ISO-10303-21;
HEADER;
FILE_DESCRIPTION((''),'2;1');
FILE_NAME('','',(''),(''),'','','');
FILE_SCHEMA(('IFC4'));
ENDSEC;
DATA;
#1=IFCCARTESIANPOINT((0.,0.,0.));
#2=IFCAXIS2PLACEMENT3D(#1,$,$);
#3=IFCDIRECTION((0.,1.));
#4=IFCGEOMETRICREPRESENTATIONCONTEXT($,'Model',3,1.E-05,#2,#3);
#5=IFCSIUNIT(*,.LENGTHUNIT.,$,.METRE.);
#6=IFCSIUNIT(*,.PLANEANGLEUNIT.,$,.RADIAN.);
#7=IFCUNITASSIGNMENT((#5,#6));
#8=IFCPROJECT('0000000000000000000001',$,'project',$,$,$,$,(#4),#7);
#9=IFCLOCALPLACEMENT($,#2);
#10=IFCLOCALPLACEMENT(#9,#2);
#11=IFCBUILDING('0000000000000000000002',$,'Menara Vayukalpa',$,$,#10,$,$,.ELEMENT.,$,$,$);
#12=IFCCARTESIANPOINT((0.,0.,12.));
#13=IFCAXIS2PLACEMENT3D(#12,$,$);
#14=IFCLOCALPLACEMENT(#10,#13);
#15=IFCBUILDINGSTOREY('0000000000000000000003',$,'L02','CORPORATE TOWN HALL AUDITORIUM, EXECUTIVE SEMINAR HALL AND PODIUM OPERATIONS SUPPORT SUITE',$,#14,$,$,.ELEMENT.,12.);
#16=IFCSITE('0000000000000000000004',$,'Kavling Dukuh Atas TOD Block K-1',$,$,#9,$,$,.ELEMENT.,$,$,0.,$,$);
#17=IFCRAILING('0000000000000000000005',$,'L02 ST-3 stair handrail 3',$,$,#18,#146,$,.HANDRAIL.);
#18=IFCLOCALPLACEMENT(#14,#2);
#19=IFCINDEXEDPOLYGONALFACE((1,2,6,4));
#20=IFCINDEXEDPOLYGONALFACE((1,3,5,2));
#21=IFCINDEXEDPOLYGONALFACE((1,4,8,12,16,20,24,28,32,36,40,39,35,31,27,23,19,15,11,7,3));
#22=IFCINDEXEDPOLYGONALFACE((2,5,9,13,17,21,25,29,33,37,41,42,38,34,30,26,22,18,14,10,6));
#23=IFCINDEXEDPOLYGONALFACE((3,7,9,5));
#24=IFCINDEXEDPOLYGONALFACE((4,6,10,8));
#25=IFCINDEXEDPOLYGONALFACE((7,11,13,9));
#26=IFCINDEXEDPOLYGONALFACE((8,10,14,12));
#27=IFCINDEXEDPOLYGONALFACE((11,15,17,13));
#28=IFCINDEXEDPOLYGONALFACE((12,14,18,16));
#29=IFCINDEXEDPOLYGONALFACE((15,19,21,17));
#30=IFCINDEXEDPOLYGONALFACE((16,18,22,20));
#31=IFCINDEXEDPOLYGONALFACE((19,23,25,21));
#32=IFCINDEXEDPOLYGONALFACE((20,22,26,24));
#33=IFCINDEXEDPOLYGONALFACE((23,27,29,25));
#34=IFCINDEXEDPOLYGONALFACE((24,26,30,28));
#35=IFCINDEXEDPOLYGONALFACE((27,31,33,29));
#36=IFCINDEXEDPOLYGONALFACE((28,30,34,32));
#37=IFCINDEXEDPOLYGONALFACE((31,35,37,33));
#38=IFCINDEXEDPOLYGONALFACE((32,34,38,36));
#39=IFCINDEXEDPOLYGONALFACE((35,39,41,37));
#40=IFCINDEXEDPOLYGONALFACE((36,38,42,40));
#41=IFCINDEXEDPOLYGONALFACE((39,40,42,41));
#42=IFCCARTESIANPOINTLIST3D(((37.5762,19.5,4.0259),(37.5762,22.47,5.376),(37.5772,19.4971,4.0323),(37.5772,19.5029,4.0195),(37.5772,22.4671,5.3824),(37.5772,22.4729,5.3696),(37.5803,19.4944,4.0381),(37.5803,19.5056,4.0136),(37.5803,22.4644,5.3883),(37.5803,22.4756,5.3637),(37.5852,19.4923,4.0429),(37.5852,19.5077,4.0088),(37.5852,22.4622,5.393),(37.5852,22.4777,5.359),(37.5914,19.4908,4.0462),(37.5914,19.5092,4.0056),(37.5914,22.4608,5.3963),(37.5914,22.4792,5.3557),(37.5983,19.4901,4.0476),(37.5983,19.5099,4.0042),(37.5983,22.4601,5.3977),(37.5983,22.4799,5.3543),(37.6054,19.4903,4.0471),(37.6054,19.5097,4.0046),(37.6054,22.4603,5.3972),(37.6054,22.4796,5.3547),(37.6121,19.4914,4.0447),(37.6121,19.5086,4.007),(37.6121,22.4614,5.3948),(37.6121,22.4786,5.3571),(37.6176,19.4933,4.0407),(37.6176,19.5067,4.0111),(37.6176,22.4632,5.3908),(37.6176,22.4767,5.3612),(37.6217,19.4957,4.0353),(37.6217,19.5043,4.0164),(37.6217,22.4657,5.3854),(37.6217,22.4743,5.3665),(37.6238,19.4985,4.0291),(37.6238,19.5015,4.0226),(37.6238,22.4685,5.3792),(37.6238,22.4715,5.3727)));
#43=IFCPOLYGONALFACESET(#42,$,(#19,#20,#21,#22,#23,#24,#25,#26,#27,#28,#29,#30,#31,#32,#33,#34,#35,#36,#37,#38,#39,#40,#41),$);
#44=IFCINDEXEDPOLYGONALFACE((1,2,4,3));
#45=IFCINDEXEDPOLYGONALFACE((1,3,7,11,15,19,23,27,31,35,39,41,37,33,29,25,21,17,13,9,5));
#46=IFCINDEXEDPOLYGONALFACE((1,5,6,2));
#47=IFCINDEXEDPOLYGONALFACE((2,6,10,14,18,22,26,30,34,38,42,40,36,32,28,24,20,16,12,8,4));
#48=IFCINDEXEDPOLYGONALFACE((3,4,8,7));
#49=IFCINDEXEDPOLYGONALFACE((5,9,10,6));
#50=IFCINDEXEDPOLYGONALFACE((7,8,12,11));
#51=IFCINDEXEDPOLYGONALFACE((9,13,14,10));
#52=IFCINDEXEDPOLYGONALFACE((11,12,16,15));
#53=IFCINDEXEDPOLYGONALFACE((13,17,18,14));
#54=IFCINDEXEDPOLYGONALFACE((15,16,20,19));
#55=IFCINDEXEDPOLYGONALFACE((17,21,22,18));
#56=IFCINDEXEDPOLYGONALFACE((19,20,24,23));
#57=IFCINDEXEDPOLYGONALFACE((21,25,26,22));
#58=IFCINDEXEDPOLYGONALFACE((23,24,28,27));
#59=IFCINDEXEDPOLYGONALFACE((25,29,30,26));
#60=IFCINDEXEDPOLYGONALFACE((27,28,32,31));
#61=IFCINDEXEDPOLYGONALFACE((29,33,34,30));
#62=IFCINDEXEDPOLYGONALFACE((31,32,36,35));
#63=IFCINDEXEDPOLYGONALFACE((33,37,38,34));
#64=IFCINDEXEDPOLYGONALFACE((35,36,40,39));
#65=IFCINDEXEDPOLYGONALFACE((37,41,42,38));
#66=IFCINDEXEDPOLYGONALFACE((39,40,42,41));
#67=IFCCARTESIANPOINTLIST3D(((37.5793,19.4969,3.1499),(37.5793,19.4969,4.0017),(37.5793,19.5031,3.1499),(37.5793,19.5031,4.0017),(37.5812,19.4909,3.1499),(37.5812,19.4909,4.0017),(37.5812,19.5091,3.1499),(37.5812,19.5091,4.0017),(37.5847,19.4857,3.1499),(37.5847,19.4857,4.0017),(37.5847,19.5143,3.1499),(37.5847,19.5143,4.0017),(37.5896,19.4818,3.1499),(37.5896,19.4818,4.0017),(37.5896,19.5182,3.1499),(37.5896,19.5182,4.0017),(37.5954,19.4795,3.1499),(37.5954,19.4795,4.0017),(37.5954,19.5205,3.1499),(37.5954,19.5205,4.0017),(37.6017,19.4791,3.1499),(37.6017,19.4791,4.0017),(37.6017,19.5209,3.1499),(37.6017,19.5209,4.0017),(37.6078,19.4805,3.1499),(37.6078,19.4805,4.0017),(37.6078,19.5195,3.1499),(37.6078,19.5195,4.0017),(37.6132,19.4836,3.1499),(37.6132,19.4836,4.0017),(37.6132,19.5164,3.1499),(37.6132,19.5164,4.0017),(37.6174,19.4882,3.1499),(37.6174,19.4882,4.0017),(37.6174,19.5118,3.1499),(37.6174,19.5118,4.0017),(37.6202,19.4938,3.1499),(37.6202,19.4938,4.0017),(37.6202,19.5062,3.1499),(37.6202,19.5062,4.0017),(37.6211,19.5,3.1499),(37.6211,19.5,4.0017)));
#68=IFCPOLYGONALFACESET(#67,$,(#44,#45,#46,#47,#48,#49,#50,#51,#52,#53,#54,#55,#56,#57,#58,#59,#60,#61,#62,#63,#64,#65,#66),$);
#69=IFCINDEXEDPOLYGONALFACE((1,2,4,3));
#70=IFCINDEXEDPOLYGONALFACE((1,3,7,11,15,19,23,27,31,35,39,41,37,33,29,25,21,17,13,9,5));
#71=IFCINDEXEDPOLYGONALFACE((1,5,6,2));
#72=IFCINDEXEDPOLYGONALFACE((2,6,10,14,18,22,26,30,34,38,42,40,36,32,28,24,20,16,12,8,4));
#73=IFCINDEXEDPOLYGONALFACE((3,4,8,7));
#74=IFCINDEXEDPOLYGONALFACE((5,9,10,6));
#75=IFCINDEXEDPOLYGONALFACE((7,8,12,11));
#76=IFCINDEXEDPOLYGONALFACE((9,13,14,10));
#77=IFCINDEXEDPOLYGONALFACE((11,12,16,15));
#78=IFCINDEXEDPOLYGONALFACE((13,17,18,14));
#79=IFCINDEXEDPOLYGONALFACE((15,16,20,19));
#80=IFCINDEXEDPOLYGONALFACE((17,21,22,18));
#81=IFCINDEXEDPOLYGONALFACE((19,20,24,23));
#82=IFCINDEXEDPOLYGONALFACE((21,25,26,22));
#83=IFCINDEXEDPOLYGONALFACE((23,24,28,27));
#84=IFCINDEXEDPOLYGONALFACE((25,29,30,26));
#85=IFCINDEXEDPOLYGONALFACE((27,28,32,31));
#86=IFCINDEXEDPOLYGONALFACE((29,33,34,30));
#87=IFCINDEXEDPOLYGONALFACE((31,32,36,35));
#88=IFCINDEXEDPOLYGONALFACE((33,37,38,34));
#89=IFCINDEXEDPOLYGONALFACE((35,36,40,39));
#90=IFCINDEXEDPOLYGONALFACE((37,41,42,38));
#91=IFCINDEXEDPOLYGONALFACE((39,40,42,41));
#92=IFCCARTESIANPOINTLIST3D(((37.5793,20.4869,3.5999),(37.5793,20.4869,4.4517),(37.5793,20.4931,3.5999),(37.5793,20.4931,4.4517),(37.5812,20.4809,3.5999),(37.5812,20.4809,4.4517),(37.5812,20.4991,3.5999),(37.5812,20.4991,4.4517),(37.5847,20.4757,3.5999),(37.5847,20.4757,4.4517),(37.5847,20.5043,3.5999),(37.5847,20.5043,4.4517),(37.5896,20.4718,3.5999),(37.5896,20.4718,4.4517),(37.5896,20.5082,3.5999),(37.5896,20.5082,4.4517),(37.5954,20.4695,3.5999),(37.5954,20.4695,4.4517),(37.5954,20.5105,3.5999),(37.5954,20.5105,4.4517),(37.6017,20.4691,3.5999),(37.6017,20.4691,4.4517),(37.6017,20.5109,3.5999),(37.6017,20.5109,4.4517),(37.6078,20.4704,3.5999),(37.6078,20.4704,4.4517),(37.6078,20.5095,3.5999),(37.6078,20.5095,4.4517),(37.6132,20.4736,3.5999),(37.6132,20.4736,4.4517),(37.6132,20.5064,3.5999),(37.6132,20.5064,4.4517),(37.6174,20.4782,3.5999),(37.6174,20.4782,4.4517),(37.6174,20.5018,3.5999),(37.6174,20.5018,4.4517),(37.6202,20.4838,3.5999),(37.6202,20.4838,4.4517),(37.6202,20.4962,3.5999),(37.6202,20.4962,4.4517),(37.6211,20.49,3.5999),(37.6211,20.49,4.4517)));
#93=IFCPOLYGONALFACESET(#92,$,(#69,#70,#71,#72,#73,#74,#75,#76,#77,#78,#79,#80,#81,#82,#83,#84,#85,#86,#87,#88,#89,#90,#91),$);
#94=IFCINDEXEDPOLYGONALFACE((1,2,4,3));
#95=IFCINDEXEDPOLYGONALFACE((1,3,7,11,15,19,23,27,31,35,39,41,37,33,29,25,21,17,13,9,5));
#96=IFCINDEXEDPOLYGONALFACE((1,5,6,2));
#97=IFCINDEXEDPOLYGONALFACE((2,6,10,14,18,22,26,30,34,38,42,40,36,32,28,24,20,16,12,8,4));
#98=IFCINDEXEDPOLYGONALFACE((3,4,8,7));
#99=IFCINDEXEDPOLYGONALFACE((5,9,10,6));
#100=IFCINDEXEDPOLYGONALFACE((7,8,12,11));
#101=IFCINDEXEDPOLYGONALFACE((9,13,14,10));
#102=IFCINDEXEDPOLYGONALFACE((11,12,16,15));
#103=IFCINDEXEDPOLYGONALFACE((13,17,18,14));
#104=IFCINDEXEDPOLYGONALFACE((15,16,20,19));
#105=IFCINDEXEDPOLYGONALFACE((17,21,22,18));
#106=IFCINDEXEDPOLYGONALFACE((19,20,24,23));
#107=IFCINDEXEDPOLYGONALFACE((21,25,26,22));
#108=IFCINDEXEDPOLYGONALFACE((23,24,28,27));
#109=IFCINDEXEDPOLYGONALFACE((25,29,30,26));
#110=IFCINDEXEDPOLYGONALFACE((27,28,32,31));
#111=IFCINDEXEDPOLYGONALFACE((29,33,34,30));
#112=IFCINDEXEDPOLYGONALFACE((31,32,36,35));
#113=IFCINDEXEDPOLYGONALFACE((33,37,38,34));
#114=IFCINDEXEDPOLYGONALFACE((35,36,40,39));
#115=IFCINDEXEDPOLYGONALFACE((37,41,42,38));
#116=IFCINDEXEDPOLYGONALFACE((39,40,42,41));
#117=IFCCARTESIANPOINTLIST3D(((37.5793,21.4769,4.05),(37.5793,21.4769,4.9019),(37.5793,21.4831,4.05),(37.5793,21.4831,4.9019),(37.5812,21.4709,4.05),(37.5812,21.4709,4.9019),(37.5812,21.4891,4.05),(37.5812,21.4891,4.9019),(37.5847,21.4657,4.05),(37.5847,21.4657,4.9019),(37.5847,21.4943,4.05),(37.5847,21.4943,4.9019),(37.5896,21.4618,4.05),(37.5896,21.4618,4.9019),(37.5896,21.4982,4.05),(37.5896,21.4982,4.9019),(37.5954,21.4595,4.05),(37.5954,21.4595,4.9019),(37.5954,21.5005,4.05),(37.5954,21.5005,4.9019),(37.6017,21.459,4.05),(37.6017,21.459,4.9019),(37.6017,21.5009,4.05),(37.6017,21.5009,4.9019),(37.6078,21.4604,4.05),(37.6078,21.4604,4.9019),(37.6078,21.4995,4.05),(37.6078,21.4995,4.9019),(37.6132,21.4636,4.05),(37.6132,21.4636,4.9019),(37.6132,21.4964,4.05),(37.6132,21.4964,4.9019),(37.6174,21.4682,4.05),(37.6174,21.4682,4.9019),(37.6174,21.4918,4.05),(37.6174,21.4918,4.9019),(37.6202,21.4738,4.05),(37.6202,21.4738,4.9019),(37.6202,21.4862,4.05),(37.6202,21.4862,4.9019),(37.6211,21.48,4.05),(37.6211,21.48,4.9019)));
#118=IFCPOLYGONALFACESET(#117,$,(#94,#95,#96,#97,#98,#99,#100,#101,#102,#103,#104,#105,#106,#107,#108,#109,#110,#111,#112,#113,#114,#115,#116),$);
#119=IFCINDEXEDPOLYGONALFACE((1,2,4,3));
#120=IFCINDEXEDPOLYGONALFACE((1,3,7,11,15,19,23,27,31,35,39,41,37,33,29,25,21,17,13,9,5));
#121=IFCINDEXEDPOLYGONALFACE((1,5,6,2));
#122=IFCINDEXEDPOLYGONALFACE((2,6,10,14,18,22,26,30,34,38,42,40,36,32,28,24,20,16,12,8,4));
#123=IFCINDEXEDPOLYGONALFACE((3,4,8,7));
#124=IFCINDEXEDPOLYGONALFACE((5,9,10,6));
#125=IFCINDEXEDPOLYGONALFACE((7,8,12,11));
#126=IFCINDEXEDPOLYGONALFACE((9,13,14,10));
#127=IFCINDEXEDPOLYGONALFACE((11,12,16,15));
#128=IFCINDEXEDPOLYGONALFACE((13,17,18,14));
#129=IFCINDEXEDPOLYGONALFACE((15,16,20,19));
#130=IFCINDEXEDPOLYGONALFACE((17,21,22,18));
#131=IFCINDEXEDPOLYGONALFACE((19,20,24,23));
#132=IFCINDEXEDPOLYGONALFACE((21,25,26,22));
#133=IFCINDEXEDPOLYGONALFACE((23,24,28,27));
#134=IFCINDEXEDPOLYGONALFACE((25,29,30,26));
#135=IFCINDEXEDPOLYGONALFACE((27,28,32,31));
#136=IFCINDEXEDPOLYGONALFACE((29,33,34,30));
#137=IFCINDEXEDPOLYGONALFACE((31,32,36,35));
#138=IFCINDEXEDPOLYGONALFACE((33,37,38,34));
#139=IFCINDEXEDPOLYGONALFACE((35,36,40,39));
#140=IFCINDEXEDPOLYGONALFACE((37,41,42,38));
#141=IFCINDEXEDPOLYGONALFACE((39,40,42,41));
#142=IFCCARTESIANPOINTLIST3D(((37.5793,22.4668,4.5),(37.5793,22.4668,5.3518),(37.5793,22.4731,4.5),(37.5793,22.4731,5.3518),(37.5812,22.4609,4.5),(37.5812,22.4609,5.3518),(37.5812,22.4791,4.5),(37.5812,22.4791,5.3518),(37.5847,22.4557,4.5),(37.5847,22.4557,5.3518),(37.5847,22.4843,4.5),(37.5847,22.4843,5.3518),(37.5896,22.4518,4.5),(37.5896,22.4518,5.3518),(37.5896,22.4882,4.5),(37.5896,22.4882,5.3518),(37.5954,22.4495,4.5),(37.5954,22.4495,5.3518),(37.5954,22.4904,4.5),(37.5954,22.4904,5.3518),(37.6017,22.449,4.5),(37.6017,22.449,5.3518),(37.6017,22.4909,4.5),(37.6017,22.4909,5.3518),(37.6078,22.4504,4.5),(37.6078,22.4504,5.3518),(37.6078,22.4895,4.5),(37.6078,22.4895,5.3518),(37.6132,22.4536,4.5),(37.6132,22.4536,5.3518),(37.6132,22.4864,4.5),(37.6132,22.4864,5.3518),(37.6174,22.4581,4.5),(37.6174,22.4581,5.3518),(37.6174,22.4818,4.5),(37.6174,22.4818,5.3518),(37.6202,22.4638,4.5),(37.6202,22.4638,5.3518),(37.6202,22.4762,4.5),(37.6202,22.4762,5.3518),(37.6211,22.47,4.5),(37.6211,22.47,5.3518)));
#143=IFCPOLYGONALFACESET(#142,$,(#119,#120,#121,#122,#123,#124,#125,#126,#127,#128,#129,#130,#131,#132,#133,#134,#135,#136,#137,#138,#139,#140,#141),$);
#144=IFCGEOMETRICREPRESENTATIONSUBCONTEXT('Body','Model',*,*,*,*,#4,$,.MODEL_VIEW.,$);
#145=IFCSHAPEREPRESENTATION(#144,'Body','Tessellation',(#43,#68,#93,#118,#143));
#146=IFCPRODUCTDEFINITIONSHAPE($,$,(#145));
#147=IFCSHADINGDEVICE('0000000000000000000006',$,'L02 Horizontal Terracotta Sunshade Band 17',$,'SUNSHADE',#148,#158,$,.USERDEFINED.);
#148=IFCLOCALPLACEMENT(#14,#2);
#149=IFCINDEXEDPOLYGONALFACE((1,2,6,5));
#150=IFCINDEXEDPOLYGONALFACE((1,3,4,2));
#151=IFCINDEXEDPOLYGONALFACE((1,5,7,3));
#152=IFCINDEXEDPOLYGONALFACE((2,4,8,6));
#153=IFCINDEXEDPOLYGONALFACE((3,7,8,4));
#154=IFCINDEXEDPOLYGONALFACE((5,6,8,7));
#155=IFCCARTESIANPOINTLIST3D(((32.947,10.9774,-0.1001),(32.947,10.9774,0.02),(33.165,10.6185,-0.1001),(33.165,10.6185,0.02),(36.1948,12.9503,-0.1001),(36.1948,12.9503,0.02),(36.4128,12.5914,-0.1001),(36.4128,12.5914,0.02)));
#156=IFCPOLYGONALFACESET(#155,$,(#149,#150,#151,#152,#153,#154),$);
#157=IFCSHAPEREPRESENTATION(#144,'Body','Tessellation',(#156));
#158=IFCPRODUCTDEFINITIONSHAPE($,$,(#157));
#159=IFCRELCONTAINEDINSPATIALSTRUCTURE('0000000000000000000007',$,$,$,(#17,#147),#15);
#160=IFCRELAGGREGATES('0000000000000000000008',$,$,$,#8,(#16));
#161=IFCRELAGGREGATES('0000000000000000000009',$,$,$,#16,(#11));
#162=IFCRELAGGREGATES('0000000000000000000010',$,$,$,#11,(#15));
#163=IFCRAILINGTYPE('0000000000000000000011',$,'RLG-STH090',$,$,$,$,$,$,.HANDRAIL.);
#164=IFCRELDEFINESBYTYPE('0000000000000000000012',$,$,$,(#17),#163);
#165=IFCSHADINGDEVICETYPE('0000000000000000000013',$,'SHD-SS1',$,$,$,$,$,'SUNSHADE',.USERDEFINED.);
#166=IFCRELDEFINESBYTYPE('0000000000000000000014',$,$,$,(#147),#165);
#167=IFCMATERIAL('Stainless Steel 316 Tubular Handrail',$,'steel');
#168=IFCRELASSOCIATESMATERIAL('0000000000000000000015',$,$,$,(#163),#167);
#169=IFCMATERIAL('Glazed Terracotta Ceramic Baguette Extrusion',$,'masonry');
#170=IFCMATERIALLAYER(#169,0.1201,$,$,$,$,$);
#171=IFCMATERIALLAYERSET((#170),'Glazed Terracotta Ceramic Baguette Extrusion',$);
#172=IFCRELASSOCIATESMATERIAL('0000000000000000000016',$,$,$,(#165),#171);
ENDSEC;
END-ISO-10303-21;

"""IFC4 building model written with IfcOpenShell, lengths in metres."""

from ifc_helpers import new_model, si_unit, direction, frame, origin, origin_2d, place, context, subcontext, project, spatial, rectangle, circle, extrude, material, layer, layer_set, type_object, element, save


model = new_model("IFC4")

# Units and contexts
model_context = context("Model", 3, precision=1e-05, world=origin(), true_north=direction((0.0, 1.0)))
body_context = subcontext(model_context, "Body", "Model", "MODEL_VIEW")
ifc_project = project(units=[si_unit("LENGTHUNIT", "METRE"), si_unit("PLANEANGLEUNIT", "RADIAN")], contexts=[model_context])

# Site, building, storey
site_placement = place(None, origin())
site = spatial("IfcSite", under=ifc_project, at=site_placement, Name="Kavling Dukuh Atas TOD Block K-1", CompositionType="ELEMENT", RefElevation=0.0)
building_placement = place(site_placement, origin())
building = spatial("IfcBuilding", under=site, at=building_placement, Name="Menara Vayukalpa", CompositionType="ELEMENT")
storey_placement = place(building_placement, frame((0.0, 0.0, 12.0)))
storey = spatial("IfcBuildingStorey", under=building, at=storey_placement, Name="L02", Description="CORPORATE TOWN HALL AUDITORIUM, EXECUTIVE SEMINAR HALL AND PODIUM OPERATIONS SUPPORT SUITE", CompositionType="ELEMENT", Elevation=12.0)

# Railing
ifc_material_1 = material(Name="Stainless Steel 316 Tubular Handrail", Category="steel")
railing_type_1 = type_object("IfcRailingType", Name="RLG-STH090", PredefinedType="HANDRAIL", material=ifc_material_1)
for number, where, name in (
    (1, (37.6001, 19.5, 3.1499), "L02 ST-3 stair handrail 3"),
):
    element("IfcRailing", number, at=place(storey_placement, frame(where)), inside=storey, type_object=railing_type_1, Name=name, PredefinedType="HANDRAIL", context=body_context, shape_type="SweptSolid", body=[
        extrude(circle(Radius=0.0239, at=origin_2d()), frame((0.0, 0.0, 0.876), z_axis=(0.0, 0.910354, 0.413831), x_axis=(-1.0, 0.0, 0.0)), (0.0, 0.0, 1.0), 3.2625),
        extrude(circle(Radius=0.021, at=origin_2d()), origin(), (0.0, 0.0, 1.0), 0.8518),
        extrude(circle(Radius=0.021, at=origin_2d()), frame((0.0, 0.99, 0.45)), (0.0, 0.0, 1.0), 0.8518),
        extrude(circle(Radius=0.021, at=origin_2d()), frame((0.0, 1.98, 0.9001)), (0.0, 0.0, 1.0), 0.8518),
        extrude(circle(Radius=0.021, at=origin_2d()), frame((0.0, 2.97, 1.3501)), (0.0, 0.0, 1.0), 0.8518),
    ])

# Shading device
ifc_material_2 = material(Name="Glazed Terracotta Ceramic Baguette Extrusion", Category="masonry")
ifc_layer_1 = layer(ifc_material_2, 0.1201)
ifc_layer_set_1 = layer_set([ifc_layer_1], Name="Glazed Terracotta Ceramic Baguette Extrusion")
shading_device_type = type_object("IfcShadingDeviceType", Name="SHD-SS1", ElementType="SUNSHADE", PredefinedType="USERDEFINED", material=ifc_layer_set_1)
shading_device_placement = place(storey_placement, frame((34.6799, 11.7844, -0.1001), z_axis=(0.0, 0.0, 1.0), x_axis=(0.854667, 0.519176, 0.0)))
element("IfcShadingDevice", 2, at=shading_device_placement, inside=storey, type_object=shading_device_type, Name="L02 Horizontal Terracotta Sunshade Band 17", ObjectType="SUNSHADE", PredefinedType="USERDEFINED", context=body_context, shape_type="SweptSolid", body=[
    extrude(rectangle(XDim=3.8, YDim=0.4199, at=origin_2d()), origin(), (0.0, 0.0, 1.0), 0.1201),
])

save(model, "model.ifc")
